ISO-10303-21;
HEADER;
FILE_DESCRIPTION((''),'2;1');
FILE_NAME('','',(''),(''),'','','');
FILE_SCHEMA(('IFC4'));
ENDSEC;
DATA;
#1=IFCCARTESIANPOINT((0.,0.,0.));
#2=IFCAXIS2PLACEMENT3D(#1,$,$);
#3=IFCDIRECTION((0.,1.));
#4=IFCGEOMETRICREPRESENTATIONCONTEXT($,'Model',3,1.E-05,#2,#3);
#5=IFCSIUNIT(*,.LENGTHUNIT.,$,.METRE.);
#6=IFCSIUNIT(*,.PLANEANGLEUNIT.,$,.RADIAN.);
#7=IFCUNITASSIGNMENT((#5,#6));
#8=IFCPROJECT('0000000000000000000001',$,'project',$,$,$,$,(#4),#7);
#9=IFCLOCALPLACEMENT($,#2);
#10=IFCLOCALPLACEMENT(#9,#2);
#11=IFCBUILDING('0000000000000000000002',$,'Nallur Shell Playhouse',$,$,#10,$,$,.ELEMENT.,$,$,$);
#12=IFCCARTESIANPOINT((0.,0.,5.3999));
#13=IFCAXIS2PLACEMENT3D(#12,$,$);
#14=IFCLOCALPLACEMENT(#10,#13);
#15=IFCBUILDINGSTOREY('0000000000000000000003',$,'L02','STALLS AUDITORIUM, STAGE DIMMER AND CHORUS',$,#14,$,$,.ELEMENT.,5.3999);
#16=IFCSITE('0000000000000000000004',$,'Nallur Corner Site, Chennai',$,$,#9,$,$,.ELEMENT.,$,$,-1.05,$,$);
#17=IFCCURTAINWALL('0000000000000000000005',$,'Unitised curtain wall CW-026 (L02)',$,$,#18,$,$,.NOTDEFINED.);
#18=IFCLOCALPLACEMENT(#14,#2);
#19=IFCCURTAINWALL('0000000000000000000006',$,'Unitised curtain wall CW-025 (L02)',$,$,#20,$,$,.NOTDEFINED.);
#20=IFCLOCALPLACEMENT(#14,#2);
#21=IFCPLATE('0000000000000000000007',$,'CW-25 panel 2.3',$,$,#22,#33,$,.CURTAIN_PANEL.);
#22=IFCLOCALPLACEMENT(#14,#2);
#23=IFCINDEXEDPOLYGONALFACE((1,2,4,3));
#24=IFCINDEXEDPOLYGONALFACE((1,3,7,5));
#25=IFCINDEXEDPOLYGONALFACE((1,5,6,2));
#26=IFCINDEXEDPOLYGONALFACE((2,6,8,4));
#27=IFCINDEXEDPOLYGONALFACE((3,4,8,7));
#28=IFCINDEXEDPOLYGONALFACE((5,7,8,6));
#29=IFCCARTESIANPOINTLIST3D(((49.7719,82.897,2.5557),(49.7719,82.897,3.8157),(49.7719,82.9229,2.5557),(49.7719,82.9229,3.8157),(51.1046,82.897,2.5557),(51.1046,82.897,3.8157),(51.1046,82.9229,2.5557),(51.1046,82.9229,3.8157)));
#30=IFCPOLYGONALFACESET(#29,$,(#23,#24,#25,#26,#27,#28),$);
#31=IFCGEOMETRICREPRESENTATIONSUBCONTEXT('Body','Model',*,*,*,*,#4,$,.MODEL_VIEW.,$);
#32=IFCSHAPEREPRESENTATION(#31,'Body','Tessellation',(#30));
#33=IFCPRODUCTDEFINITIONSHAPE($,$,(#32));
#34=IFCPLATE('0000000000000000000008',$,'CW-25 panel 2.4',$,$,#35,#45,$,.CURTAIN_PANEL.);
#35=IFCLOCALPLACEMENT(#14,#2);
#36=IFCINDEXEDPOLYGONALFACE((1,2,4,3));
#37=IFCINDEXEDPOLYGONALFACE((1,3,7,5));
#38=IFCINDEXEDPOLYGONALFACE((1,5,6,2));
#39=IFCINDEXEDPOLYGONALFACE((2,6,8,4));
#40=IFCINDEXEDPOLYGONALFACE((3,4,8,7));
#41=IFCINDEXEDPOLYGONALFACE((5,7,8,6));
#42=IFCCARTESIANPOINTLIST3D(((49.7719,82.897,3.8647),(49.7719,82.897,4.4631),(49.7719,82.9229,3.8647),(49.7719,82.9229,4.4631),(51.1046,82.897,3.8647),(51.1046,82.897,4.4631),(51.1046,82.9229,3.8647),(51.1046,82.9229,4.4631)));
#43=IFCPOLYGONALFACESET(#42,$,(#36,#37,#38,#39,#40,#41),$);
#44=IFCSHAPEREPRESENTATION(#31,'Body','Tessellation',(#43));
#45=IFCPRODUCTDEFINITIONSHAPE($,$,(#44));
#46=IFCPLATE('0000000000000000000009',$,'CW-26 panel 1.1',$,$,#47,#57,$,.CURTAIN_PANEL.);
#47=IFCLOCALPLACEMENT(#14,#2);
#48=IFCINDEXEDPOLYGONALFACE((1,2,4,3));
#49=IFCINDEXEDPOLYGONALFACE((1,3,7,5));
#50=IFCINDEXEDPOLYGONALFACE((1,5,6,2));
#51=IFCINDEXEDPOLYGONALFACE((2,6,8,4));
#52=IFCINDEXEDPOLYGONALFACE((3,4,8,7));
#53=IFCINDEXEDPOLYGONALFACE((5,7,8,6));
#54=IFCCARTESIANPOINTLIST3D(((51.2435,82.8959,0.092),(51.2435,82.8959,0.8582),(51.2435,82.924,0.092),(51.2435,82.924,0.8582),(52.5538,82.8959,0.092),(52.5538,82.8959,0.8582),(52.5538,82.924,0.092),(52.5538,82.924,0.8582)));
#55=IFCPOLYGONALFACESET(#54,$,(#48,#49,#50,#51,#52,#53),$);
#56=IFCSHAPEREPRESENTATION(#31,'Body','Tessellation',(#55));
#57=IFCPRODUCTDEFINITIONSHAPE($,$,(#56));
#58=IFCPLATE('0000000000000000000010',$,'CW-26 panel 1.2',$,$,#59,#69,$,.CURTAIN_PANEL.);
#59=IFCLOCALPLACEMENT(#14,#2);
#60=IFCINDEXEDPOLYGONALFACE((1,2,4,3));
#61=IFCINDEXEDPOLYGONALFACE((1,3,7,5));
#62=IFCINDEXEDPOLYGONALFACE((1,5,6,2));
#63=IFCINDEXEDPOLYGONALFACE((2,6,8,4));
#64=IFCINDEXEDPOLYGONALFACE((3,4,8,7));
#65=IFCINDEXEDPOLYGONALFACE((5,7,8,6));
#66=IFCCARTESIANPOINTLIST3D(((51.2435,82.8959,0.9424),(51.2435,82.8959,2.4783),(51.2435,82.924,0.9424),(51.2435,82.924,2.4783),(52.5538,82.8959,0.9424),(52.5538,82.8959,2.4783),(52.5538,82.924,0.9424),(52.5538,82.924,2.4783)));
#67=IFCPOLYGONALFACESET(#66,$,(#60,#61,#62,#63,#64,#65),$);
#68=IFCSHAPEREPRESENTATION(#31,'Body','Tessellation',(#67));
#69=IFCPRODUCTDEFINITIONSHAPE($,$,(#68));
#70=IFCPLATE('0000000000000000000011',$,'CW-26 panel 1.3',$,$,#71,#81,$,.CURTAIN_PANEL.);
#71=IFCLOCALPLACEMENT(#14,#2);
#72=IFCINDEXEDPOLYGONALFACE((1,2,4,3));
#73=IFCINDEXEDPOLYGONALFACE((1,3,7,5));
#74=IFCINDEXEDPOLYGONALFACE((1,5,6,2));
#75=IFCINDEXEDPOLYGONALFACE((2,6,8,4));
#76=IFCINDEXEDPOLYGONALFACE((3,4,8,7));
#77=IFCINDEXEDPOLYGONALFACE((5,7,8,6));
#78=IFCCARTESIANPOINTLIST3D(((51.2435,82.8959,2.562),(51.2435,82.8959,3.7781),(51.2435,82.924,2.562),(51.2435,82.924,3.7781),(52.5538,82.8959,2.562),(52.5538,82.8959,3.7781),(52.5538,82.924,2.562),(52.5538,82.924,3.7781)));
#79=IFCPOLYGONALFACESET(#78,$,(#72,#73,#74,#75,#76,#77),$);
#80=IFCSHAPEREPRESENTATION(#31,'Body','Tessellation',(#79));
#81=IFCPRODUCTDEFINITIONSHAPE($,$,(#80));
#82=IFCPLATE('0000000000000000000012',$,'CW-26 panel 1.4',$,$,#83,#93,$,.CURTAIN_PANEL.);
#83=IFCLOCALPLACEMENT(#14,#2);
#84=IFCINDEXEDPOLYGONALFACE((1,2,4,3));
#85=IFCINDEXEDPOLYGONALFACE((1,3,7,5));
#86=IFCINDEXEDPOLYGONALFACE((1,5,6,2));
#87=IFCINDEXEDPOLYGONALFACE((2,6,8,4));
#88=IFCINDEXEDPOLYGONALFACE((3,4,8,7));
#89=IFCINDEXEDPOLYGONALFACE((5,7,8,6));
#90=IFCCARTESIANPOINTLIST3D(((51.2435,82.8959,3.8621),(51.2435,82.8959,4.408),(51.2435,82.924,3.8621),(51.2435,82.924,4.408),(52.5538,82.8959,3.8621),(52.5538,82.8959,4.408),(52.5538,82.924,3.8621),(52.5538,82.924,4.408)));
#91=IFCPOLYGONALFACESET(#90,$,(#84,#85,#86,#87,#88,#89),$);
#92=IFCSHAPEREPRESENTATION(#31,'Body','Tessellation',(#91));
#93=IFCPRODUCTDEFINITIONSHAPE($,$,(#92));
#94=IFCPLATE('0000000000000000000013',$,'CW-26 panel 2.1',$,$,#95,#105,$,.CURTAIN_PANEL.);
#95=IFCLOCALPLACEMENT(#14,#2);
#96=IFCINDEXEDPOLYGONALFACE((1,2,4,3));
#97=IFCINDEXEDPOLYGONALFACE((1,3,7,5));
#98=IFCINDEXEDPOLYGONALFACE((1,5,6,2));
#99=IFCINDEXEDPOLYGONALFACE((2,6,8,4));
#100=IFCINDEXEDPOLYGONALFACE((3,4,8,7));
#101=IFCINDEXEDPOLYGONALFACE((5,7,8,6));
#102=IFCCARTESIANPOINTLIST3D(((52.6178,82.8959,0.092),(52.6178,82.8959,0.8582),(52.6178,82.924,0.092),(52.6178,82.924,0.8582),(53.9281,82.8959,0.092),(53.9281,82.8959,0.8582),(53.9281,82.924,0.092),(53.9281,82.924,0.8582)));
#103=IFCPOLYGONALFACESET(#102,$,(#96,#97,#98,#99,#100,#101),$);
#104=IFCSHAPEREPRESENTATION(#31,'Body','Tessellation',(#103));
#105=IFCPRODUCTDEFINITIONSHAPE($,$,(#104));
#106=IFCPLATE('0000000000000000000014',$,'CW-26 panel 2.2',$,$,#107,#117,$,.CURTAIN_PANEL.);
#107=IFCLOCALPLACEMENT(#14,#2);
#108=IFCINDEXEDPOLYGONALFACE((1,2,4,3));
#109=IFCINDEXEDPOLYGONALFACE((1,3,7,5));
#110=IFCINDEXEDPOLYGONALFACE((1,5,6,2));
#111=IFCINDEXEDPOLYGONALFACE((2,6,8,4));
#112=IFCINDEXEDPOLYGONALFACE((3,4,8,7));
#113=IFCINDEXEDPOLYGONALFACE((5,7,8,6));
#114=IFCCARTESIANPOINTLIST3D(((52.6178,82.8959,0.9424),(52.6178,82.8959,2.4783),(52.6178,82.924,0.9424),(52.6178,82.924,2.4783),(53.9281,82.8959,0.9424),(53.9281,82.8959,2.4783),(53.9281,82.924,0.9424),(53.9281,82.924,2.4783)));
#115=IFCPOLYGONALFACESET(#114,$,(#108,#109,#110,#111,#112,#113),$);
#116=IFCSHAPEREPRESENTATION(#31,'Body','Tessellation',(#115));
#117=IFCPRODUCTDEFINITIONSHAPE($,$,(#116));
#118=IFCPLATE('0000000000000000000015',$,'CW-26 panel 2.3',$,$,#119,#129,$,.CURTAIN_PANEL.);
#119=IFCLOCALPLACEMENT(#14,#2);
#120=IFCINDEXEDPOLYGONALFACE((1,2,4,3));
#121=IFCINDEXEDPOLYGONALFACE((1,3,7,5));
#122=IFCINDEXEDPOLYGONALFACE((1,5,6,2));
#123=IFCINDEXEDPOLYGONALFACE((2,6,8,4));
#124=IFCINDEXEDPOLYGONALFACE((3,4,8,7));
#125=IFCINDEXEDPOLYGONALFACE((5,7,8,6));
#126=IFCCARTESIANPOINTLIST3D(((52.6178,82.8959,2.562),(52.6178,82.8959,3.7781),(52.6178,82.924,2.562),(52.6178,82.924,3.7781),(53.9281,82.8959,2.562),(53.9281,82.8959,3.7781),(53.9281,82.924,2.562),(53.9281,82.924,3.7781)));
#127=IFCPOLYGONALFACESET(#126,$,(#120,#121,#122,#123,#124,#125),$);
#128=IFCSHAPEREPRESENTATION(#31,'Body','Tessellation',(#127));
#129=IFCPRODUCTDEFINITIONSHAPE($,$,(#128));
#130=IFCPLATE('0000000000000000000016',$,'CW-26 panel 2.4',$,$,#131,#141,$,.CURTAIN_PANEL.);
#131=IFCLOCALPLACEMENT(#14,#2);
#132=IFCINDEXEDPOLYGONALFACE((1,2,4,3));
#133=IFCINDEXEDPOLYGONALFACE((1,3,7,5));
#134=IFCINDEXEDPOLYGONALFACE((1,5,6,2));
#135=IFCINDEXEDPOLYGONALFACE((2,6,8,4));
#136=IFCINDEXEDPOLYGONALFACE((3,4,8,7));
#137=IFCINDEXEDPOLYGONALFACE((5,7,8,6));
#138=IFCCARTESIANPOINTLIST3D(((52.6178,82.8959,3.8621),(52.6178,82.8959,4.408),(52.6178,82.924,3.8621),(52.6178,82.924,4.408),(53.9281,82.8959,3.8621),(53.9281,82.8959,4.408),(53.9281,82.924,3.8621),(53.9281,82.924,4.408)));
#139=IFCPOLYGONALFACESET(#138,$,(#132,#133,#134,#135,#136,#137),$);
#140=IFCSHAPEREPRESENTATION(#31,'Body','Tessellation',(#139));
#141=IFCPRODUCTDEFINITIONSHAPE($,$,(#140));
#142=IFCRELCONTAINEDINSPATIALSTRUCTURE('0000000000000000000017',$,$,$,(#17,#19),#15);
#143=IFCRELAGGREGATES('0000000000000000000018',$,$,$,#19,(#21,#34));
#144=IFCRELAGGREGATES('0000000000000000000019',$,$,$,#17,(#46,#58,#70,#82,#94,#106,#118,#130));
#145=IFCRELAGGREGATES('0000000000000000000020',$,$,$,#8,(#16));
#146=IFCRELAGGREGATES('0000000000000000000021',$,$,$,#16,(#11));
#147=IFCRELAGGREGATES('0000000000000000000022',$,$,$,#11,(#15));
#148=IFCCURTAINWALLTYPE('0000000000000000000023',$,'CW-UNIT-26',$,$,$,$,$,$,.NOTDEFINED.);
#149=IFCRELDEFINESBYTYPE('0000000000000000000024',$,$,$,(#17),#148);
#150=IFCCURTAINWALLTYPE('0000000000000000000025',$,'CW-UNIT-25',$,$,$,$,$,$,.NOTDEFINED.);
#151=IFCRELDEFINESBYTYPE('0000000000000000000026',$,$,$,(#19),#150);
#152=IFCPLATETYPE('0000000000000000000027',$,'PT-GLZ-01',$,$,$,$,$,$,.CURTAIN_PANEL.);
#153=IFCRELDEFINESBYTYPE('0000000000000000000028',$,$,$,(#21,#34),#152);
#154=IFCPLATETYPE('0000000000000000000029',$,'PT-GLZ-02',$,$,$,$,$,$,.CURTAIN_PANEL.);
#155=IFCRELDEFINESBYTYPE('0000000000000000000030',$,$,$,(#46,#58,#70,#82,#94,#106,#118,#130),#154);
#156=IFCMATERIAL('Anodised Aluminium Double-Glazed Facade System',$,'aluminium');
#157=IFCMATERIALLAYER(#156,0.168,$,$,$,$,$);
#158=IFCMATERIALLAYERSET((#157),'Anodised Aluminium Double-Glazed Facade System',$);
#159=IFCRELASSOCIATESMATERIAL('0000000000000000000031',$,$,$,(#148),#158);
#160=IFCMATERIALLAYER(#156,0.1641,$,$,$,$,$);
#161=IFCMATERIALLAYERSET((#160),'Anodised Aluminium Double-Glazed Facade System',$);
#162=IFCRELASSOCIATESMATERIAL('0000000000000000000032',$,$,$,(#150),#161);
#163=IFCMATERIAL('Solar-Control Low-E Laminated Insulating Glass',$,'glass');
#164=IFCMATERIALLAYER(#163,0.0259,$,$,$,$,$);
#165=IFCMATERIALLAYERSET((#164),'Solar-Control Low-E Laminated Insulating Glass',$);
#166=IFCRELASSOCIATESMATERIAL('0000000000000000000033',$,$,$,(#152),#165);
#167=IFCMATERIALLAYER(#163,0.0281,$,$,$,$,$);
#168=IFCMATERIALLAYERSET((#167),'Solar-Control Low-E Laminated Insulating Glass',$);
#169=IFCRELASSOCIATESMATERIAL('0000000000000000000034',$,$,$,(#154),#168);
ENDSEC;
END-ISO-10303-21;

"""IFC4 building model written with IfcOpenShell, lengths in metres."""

from ifc_helpers import new_model, si_unit, direction, frame, origin, origin_2d, place, context, subcontext, project, spatial, rectangle, extrude, material, layer, layer_set, type_object, element, aggregate, save


model = new_model("IFC4")

# Units and contexts
model_context = context("Model", 3, precision=1e-05, world=origin(), true_north=direction((0.0, 1.0)))
body_context = subcontext(model_context, "Body", "Model", "MODEL_VIEW")
ifc_project = project(units=[si_unit("LENGTHUNIT", "METRE"), si_unit("PLANEANGLEUNIT", "RADIAN")], contexts=[model_context])

# Site, building, storey
site_placement = place(None, origin())
site = spatial("IfcSite", under=ifc_project, at=site_placement, Name="Nallur Corner Site, Chennai", CompositionType="ELEMENT", RefElevation=-1.05)
building_placement = place(site_placement, origin())
building = spatial("IfcBuilding", under=site, at=building_placement, Name="Nallur Shell Playhouse", CompositionType="ELEMENT")
storey_placement = place(building_placement, frame((0.0, 0.0, 5.3999)))
storey = spatial("IfcBuildingStorey", under=building, at=storey_placement, Name="L02", Description="STALLS AUDITORIUM, STAGE DIMMER AND CHORUS", CompositionType="ELEMENT", Elevation=5.3999)

# Curtain walls
ifc_material_1 = material(Name="Anodised Aluminium Double-Glazed Facade System", Category="aluminium")
ifc_layer_1 = layer(ifc_material_1, 0.168)
ifc_layer_set_1 = layer_set([ifc_layer_1], Name="Anodised Aluminium Double-Glazed Facade System")
curtain_wall_type_1 = type_object("IfcCurtainWallType", Name="CW-UNIT-26", PredefinedType="NOTDEFINED", material=ifc_layer_set_1)
curtain_wall_1_placement = place(storey_placement, origin())
curtain_wall_1 = element("IfcCurtainWall", 1, at=curtain_wall_1_placement, inside=storey, type_object=curtain_wall_type_1, Name="Unitised curtain wall CW-026 (L02)", PredefinedType="NOTDEFINED")
ifc_layer_2 = layer(ifc_material_1, 0.1641)
ifc_layer_set_2 = layer_set([ifc_layer_2], Name="Anodised Aluminium Double-Glazed Facade System")
curtain_wall_type_2 = type_object("IfcCurtainWallType", Name="CW-UNIT-25", PredefinedType="NOTDEFINED", material=ifc_layer_set_2)
curtain_wall_2_placement = place(storey_placement, origin())
curtain_wall_2 = element("IfcCurtainWall", 2, at=curtain_wall_2_placement, inside=storey, type_object=curtain_wall_type_2, Name="Unitised curtain wall CW-025 (L02)", PredefinedType="NOTDEFINED")

# Plates
ifc_material_2 = material(Name="Solar-Control Low-E Laminated Insulating Glass", Category="glass")
ifc_layer_3 = layer(ifc_material_2, 0.0259)
ifc_layer_set_3 = layer_set([ifc_layer_3], Name="Solar-Control Low-E Laminated Insulating Glass")
plate_type_1 = type_object("IfcPlateType", Name="PT-GLZ-01", PredefinedType="CURTAIN_PANEL", material=ifc_layer_set_3)
plate_1_placement = place(storey_placement, frame((50.4382, 82.9099, 2.5557), z_axis=(0.0, 0.0, 1.0), x_axis=(1.0, 0.0, 0.0)))
plate_1 = element("IfcPlate", 3, at=plate_1_placement, type_object=plate_type_1, Name="CW-25 panel 2.3", PredefinedType="CURTAIN_PANEL", context=body_context, shape_type="SweptSolid", body=[
    extrude(rectangle(XDim=1.3328, YDim=0.0259, at=origin_2d()), origin(), (0.0, 0.0, 1.0), 1.26),
])
plate_2_placement = place(storey_placement, frame((50.4382, 82.9099, 3.8647), z_axis=(0.0, 0.0, 1.0), x_axis=(1.0, 0.0, 0.0)))
plate_2 = element("IfcPlate", 4, at=plate_2_placement, type_object=plate_type_1, Name="CW-25 panel 2.4", PredefinedType="CURTAIN_PANEL", context=body_context, shape_type="SweptSolid", body=[
    extrude(rectangle(XDim=1.3328, YDim=0.0259, at=origin_2d()), origin(), (0.0, 0.0, 1.0), 0.5984),
])
aggregate(curtain_wall_2, [plate_1, plate_2])
ifc_layer_4 = layer(ifc_material_2, 0.0281)
ifc_layer_set_4 = layer_set([ifc_layer_4], Name="Solar-Control Low-E Laminated Insulating Glass")
plate_type_2 = type_object("IfcPlateType", Name="PT-GLZ-02", PredefinedType="CURTAIN_PANEL", material=ifc_layer_set_4)
plate_3_placement = place(storey_placement, frame((51.8987, 82.9099, 0.092), z_axis=(0.0, 0.0, 1.0), x_axis=(1.0, 0.0, 0.0)))
plate_3 = element("IfcPlate", 5, at=plate_3_placement, type_object=plate_type_2, Name="CW-26 panel 1.1", PredefinedType="CURTAIN_PANEL", context=body_context, shape_type="SweptSolid", body=[
    extrude(rectangle(XDim=1.3103, YDim=0.0281, at=origin_2d()), origin(), (0.0, 0.0, 1.0), 0.7661),
])
plate_4_placement = place(storey_placement, frame((51.8987, 82.9099, 0.9424), z_axis=(0.0, 0.0, 1.0), x_axis=(1.0, 0.0, 0.0)))
plate_4 = element("IfcPlate", 6, at=plate_4_placement, type_object=plate_type_2, Name="CW-26 panel 1.2", PredefinedType="CURTAIN_PANEL", context=body_context, shape_type="SweptSolid", body=[
    extrude(rectangle(XDim=1.3103, YDim=0.0281, at=origin_2d()), origin(), (0.0, 0.0, 1.0), 1.5359),
])
plate_5_placement = place(storey_placement, frame((51.8987, 82.9099, 2.562), z_axis=(0.0, 0.0, 1.0), x_axis=(1.0, 0.0, 0.0)))
plate_5 = element("IfcPlate", 7, at=plate_5_placement, type_object=plate_type_2, Name="CW-26 panel 1.3", PredefinedType="CURTAIN_PANEL", context=body_context, shape_type="SweptSolid", body=[
    extrude(rectangle(XDim=1.3103, YDim=0.0281, at=origin_2d()), origin(), (0.0, 0.0, 1.0), 1.2161),
])
plate_6_placement = place(storey_placement, frame((51.8987, 82.9099, 3.8621), z_axis=(0.0, 0.0, 1.0), x_axis=(1.0, 0.0, 0.0)))
plate_6 = element("IfcPlate", 8, at=plate_6_placement, type_object=plate_type_2, Name="CW-26 panel 1.4", PredefinedType="CURTAIN_PANEL", context=body_context, shape_type="SweptSolid", body=[
    extrude(rectangle(XDim=1.3103, YDim=0.0281, at=origin_2d()), origin(), (0.0, 0.0, 1.0), 0.5459),
])
plate_7_placement = place(storey_placement, frame((53.2729, 82.9099, 0.092), z_axis=(0.0, 0.0, 1.0), x_axis=(1.0, 0.0, 0.0)))
plate_7 = element("IfcPlate", 9, at=plate_7_placement, type_object=plate_type_2, Name="CW-26 panel 2.1", PredefinedType="CURTAIN_PANEL", context=body_context, shape_type="SweptSolid", body=[
    extrude(rectangle(XDim=1.3103, YDim=0.0281, at=origin_2d()), origin(), (0.0, 0.0, 1.0), 0.7661),
])
plate_8_placement = place(storey_placement, frame((53.2729, 82.9099, 0.9424), z_axis=(0.0, 0.0, 1.0), x_axis=(1.0, 0.0, 0.0)))
plate_8 = element("IfcPlate", 10, at=plate_8_placement, type_object=plate_type_2, Name="CW-26 panel 2.2", PredefinedType="CURTAIN_PANEL", context=body_context, shape_type="SweptSolid", body=[
    extrude(rectangle(XDim=1.3103, YDim=0.0281, at=origin_2d()), origin(), (0.0, 0.0, 1.0), 1.5359),
])
plate_9_placement = place(storey_placement, frame((53.2729, 82.9099, 2.562), z_axis=(0.0, 0.0, 1.0), x_axis=(1.0, 0.0, 0.0)))
plate_9 = element("IfcPlate", 11, at=plate_9_placement, type_object=plate_type_2, Name="CW-26 panel 2.3", PredefinedType="CURTAIN_PANEL", context=body_context, shape_type="SweptSolid", body=[
    extrude(rectangle(XDim=1.3103, YDim=0.0281, at=origin_2d()), origin(), (0.0, 0.0, 1.0), 1.2161),
])
plate_10_placement = place(storey_placement, frame((53.2729, 82.9099, 3.8621), z_axis=(0.0, 0.0, 1.0), x_axis=(1.0, 0.0, 0.0)))
plate_10 = element("IfcPlate", 12, at=plate_10_placement, type_object=plate_type_2, Name="CW-26 panel 2.4", PredefinedType="CURTAIN_PANEL", context=body_context, shape_type="SweptSolid", body=[
    extrude(rectangle(XDim=1.3103, YDim=0.0281, at=origin_2d()), origin(), (0.0, 0.0, 1.0), 0.5459),
])
aggregate(curtain_wall_1, [plate_3, plate_4, plate_5, plate_6, plate_7, plate_8, plate_9, plate_10])

save(model, "model.ifc")
